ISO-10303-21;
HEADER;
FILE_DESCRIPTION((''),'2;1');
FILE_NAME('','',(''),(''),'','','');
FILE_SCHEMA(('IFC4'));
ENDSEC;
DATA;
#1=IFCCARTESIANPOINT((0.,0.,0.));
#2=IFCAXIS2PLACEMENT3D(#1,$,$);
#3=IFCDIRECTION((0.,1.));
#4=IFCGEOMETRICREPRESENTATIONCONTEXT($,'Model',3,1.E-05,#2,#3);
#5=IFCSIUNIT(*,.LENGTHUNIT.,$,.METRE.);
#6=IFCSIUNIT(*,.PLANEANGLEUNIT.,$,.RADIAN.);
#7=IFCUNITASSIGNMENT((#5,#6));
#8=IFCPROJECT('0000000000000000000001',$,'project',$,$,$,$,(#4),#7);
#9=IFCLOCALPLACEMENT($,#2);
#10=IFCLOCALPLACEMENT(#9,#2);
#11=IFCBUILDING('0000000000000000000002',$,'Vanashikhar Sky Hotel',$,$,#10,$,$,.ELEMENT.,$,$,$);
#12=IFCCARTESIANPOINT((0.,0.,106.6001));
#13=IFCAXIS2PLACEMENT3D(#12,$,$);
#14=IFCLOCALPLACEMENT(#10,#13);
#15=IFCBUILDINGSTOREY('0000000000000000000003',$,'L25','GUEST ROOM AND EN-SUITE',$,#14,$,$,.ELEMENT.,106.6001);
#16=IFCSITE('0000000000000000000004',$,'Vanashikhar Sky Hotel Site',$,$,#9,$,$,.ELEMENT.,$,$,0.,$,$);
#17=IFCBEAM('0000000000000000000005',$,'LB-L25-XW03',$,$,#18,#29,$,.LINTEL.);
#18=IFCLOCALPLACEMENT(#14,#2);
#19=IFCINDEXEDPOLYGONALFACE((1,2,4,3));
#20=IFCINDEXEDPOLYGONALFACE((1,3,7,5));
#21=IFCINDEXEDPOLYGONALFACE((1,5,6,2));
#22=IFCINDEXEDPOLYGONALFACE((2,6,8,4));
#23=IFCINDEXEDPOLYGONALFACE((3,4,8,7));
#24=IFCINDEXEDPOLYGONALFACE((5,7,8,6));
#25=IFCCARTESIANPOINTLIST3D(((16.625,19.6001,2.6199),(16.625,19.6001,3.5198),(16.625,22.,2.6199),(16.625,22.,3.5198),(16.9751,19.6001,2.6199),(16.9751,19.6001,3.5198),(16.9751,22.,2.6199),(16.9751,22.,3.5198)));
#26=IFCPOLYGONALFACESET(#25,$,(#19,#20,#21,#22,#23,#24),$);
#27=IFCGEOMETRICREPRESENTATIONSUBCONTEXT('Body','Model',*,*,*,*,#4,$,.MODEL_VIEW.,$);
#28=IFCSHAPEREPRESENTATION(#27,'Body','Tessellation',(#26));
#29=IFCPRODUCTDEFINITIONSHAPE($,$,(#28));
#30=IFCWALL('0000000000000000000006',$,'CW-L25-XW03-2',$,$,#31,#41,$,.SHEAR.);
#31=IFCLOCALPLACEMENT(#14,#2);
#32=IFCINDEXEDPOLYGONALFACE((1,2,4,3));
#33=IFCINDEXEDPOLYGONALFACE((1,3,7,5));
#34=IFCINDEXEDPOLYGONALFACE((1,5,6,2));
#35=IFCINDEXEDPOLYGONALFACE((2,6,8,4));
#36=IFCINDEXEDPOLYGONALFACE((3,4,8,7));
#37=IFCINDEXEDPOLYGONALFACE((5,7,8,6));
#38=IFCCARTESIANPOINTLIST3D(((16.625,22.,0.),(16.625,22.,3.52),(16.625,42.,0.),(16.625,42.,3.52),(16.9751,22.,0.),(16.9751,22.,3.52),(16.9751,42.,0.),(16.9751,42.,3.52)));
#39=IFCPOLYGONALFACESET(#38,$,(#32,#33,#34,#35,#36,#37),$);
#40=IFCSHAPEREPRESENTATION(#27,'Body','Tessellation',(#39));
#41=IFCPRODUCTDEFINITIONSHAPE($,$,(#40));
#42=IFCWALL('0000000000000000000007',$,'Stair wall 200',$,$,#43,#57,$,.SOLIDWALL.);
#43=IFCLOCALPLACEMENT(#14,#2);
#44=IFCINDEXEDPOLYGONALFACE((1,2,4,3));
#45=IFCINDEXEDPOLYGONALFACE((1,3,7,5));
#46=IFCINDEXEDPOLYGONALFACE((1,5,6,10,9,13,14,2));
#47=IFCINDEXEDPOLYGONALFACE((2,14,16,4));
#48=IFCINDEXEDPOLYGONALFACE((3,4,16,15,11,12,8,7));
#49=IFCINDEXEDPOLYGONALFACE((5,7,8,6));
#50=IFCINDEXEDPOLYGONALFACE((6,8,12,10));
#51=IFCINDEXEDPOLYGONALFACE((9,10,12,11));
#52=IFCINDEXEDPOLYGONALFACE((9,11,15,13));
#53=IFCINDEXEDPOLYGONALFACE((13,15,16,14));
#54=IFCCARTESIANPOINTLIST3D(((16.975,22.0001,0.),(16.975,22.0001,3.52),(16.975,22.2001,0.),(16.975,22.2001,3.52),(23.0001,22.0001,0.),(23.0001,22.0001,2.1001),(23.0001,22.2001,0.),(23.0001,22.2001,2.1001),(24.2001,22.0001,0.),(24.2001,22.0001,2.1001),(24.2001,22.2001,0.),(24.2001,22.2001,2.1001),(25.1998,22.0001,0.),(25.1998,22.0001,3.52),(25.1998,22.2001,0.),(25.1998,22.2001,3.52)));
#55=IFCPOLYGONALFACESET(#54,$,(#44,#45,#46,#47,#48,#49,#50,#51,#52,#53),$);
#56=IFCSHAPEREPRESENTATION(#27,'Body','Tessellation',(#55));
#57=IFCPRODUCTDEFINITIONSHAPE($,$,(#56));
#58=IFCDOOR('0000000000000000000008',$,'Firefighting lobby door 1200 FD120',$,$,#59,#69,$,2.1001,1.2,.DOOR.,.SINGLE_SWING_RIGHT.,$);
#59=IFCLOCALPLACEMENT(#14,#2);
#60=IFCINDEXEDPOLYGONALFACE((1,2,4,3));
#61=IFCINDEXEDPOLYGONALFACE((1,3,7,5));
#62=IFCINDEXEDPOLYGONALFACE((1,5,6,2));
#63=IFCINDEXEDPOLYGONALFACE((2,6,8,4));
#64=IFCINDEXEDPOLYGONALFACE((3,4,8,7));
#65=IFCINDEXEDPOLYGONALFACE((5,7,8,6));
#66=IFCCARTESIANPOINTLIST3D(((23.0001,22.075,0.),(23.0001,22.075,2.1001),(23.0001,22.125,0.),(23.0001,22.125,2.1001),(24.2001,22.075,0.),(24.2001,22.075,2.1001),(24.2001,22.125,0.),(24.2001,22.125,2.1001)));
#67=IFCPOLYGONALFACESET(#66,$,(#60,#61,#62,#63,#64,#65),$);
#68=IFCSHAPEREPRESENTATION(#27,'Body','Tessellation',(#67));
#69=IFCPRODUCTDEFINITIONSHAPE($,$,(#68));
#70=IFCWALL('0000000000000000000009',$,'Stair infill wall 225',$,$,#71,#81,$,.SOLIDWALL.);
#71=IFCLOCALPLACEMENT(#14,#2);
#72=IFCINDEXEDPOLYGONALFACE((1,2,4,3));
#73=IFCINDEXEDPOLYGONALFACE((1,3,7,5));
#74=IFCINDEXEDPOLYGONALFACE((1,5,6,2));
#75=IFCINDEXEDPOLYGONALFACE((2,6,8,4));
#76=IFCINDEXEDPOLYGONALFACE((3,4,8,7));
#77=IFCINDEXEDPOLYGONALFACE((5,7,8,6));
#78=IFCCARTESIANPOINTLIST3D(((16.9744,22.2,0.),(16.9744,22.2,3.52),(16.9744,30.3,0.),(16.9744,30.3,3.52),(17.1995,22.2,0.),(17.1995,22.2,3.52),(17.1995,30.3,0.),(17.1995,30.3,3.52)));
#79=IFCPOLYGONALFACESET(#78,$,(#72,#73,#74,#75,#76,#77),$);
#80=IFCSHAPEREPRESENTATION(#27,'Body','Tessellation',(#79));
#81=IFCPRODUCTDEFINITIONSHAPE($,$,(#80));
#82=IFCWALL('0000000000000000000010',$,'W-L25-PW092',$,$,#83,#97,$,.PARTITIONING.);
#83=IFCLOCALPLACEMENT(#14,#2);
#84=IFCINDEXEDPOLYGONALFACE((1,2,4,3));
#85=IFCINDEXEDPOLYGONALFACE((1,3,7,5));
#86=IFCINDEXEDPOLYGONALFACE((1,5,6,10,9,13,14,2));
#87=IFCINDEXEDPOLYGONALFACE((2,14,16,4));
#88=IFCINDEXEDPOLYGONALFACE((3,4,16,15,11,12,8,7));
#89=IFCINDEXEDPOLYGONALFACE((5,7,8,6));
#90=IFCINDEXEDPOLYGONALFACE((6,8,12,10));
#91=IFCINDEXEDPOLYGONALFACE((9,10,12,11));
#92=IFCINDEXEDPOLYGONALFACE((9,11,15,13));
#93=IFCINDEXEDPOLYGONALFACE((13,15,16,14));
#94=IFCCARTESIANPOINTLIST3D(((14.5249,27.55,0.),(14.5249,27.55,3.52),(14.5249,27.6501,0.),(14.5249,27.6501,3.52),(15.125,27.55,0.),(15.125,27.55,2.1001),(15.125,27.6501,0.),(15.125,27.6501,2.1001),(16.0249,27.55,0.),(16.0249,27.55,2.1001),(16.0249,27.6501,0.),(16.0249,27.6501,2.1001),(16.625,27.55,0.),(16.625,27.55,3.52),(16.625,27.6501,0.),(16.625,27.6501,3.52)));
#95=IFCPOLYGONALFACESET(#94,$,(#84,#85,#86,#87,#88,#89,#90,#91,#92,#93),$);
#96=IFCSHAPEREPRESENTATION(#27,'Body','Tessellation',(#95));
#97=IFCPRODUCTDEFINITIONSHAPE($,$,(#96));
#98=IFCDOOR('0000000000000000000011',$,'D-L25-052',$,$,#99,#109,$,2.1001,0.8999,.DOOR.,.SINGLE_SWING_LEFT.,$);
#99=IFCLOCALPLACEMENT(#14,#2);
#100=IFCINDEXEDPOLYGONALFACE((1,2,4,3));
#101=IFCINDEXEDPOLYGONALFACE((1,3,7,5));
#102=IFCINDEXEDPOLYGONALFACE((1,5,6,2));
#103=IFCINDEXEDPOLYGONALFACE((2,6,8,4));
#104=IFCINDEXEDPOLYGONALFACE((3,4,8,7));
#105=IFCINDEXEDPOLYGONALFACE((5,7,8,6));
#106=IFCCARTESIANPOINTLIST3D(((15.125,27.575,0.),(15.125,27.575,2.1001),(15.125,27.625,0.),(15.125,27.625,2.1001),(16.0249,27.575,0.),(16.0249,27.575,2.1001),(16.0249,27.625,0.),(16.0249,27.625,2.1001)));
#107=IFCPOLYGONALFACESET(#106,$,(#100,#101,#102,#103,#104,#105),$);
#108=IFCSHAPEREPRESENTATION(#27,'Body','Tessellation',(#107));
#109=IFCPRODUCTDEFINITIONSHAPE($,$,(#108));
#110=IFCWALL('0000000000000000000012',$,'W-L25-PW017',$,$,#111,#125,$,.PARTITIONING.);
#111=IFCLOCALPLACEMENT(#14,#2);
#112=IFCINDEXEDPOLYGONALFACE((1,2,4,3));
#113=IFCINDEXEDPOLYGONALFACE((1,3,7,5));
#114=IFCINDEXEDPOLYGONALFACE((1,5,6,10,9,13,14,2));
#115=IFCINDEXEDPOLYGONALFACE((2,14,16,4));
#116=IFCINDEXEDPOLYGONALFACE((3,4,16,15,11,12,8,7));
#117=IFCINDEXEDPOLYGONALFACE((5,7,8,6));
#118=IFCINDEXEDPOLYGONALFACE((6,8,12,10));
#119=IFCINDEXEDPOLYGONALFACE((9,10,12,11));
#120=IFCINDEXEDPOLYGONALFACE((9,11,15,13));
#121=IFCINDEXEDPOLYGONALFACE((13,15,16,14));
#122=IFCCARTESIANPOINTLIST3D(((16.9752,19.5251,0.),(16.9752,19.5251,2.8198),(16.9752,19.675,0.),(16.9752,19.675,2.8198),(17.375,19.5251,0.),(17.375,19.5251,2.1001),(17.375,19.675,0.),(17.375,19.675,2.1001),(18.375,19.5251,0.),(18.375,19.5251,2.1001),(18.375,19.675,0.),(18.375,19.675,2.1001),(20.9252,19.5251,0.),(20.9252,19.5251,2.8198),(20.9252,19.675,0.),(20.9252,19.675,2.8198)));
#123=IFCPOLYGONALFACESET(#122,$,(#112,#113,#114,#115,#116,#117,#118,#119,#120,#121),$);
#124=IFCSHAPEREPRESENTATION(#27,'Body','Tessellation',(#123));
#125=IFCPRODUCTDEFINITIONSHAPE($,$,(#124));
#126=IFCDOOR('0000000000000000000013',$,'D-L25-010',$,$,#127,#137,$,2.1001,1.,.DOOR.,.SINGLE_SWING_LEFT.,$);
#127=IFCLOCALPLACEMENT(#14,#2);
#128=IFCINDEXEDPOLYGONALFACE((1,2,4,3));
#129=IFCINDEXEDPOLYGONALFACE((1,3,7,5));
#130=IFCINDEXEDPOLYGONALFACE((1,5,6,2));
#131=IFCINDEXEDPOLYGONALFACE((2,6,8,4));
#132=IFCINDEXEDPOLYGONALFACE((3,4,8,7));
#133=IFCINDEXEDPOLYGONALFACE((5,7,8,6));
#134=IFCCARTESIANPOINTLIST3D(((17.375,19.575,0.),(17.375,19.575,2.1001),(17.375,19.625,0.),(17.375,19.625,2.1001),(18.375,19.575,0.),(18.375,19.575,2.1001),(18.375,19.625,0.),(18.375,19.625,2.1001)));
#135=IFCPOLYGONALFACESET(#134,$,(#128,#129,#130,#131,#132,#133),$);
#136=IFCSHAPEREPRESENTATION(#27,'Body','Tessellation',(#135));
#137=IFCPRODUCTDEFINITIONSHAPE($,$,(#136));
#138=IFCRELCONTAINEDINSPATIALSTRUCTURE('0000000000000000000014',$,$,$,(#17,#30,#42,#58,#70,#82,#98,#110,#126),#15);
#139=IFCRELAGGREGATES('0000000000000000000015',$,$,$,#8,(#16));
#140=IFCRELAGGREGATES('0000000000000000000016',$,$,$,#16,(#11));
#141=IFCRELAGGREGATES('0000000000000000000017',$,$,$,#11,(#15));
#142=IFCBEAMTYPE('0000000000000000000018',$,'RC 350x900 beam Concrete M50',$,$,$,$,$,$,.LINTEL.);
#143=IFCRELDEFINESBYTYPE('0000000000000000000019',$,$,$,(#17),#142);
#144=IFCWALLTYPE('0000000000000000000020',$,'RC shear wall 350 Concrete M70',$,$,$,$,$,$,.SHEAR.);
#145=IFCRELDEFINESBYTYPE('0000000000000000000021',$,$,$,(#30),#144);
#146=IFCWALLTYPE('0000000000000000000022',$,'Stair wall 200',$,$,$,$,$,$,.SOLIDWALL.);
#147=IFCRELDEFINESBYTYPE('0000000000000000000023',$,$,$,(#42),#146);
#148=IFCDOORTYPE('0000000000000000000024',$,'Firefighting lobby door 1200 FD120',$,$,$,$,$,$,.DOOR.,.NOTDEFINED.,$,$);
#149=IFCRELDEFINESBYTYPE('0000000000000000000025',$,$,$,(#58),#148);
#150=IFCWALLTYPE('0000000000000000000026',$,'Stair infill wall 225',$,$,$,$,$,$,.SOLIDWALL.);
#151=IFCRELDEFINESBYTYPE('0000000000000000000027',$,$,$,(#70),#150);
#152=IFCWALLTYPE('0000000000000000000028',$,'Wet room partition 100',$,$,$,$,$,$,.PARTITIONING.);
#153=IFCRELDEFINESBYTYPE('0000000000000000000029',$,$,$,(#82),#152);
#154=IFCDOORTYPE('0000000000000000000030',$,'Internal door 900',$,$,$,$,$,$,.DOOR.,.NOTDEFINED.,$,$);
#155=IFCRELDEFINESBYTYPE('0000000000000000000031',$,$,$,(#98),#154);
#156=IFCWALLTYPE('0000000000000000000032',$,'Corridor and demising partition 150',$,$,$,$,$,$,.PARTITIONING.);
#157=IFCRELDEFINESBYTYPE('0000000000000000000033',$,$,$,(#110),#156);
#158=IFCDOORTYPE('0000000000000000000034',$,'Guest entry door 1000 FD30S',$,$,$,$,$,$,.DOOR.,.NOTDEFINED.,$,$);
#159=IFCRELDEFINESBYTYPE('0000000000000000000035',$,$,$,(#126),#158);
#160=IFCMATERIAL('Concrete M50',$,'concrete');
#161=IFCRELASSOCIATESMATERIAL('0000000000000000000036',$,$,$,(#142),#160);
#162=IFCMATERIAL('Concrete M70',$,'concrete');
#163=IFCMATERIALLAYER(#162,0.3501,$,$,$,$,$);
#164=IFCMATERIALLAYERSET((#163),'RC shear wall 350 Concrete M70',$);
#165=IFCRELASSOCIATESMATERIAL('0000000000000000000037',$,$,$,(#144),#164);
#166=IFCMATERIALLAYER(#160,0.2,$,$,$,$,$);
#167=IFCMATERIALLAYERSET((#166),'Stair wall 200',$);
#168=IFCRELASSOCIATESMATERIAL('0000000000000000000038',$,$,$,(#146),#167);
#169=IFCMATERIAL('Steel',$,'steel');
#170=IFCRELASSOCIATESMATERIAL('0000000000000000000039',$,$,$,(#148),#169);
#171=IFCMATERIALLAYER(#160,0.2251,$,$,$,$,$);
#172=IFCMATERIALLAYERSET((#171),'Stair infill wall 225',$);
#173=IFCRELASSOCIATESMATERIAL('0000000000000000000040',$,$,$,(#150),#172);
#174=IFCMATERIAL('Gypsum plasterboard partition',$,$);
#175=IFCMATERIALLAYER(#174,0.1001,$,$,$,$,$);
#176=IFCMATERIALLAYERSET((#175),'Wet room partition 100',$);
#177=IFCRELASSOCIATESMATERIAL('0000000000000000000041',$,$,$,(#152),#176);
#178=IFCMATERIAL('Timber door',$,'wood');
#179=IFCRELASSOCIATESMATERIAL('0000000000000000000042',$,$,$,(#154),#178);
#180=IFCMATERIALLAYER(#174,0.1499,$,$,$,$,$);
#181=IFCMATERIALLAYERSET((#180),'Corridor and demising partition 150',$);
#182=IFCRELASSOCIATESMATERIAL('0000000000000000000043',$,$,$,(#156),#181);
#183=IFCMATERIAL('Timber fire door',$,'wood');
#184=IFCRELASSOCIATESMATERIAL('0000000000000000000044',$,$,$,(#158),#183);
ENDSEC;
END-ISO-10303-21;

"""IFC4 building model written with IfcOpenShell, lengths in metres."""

from ifc_helpers import new_model, si_unit, direction, frame, frame_2d, origin, origin_2d, place, context, subcontext, project, spatial, rectangle, extrude, source, transform, mapped, material, layer, layer_set, material_profile, profile_set, type_object, element, fill, save


model = new_model("IFC4")

# Units and contexts
model_context = context("Model", 3, precision=1e-05, world=origin(), true_north=direction((0.0, 1.0)))
body_context = subcontext(model_context, "Body", "Model", "MODEL_VIEW")
ifc_project = project(units=[si_unit("LENGTHUNIT", "METRE"), si_unit("PLANEANGLEUNIT", "RADIAN")], contexts=[model_context])

# Site, building, storey
site_placement = place(None, origin())
site = spatial("IfcSite", under=ifc_project, at=site_placement, Name="Vanashikhar Sky Hotel Site", CompositionType="ELEMENT", RefElevation=0.0)
building_placement = place(site_placement, origin())
building = spatial("IfcBuilding", under=site, at=building_placement, Name="Vanashikhar Sky Hotel", CompositionType="ELEMENT")
storey_placement = place(building_placement, frame((0.0, 0.0, 106.6001)))
storey = spatial("IfcBuildingStorey", under=building, at=storey_placement, Name="L25", Description="GUEST ROOM AND EN-SUITE", CompositionType="ELEMENT", Elevation=106.6001)

# Beam
ifc_material_1 = material(Name="Concrete M50", Category="concrete")
ifc_material_profile = material_profile(ifc_material_1, rectangle(XDim=0.3501, YDim=0.8999, at=origin_2d()))
ifc_profile_set = profile_set([ifc_material_profile], Name="RC 350x900 beam Concrete M50")
beam_type = type_object("IfcBeamType", Name="RC 350x900 beam Concrete M50", PredefinedType="LINTEL", material=ifc_profile_set)
shared_shape_1 = source(origin(), body_context, "Body", "SweptSolid", [
    extrude(rectangle(XDim=0.3501, YDim=0.8999, at=origin_2d()), origin(), (0.0, 0.0, 1.0), 2.3999),
])
beam_placement = place(storey_placement, frame((16.8, 19.6001, 3.0698), z_axis=(0.0, 1.0, 0.0), x_axis=(-1.0, 0.0, 0.0)))
element("IfcBeam", 1, at=beam_placement, inside=storey, type_object=beam_type, Name="LB-L25-XW03", PredefinedType="LINTEL", context=body_context, shape_type="MappedRepresentation", body=[
    mapped(shared_shape_1, transform((0.0, 0.0, 0.0), scale=1.0)),
])

# Wall
ifc_material_2 = material(Name="Concrete M70", Category="concrete")
ifc_layer_1 = layer(ifc_material_2, 0.3501)
ifc_layer_set_1 = layer_set([ifc_layer_1], Name="RC shear wall 350 Concrete M70")
wall_type_1 = type_object("IfcWallType", Name="RC shear wall 350 Concrete M70", PredefinedType="SHEAR", material=ifc_layer_set_1)
shared_shape_2 = source(origin(), body_context, "Body", "SweptSolid", [
    extrude(rectangle(XDim=20.0, YDim=0.3501, at=frame_2d((10.0, 0.0))), origin(), (0.0, 0.0, 1.0), 3.52),
])
wall_1_placement = place(storey_placement, frame((16.8, 22.0, 0.0), z_axis=(0.0, 0.0, 1.0), x_axis=(0.0, 1.0, 0.0)))
element("IfcWall", 2, at=wall_1_placement, inside=storey, type_object=wall_type_1, Name="CW-L25-XW03-2", PredefinedType="SHEAR", context=body_context, shape_type="MappedRepresentation", body=[
    mapped(shared_shape_2, transform((0.0, 0.0, 0.0), scale=1.0)),
])

# Wall, opening, door
ifc_layer_2 = layer(ifc_material_1, 0.2)
ifc_layer_set_2 = layer_set([ifc_layer_2], Name="Stair wall 200")
wall_type_2 = type_object("IfcWallType", Name="Stair wall 200", PredefinedType="SOLIDWALL", material=ifc_layer_set_2)
shared_shape_3 = source(origin(), body_context, "Body", "SweptSolid", [
    extrude(rectangle(XDim=8.2249, YDim=0.2, at=frame_2d((4.1123, 0.0))), origin(), (0.0, 0.0, 1.0), 3.52),
])
wall_2_placement = place(storey_placement, frame((16.9751, 22.1001, 0.0), z_axis=(0.0, 0.0, 1.0), x_axis=(1.0, 0.0, 0.0)))
wall_2 = element("IfcWall", 3, at=wall_2_placement, inside=storey, type_object=wall_type_2, Name="Stair wall 200", PredefinedType="SOLIDWALL", context=body_context, shape_type="MappedRepresentation", body=[
    mapped(shared_shape_3, transform((0.0, 0.0, 0.0), scale=1.0)),
])
shared_shape_4 = source(origin(), body_context, "Body", "SweptSolid", [
    extrude(rectangle(XDim=1.2, YDim=2.1001, at=frame_2d((0.6001, 1.05))), frame((0.0, 0.1099, 0.0), z_axis=(0.0, -1.0, 0.0), x_axis=(1.0, 0.0, 0.0)), (0.0, 0.0, 1.0), 0.22),
])
opening_1_placement = place(wall_2_placement, frame((6.0249, 0.0, 0.0)))
opening_1 = element("IfcOpeningElement", 4, at=opening_1_placement, cuts=wall_2, PredefinedType="OPENING", context=body_context, shape_type="MappedRepresentation", body=[
    mapped(shared_shape_4, transform((0.0, 0.0, 0.0), scale=1.0)),
])
ifc_material_3 = material(Name="Steel", Category="steel")
door_type_1 = type_object("IfcDoorType", Name="Firefighting lobby door 1200 FD120", OperationType="NOTDEFINED", PredefinedType="DOOR", material=ifc_material_3)
shared_shape_5 = source(origin(), body_context, "Body", "SweptSolid", [
    extrude(rectangle(XDim=1.2, YDim=2.1001, at=frame_2d((0.6001, 1.05))), frame((0.0, 0.0249, 0.0), z_axis=(0.0, -1.0, 0.0), x_axis=(1.0, 0.0, 0.0)), (0.0, 0.0, 1.0), 0.05),
])
door_1_placement = place(opening_1_placement, origin())
door_1 = element("IfcDoor", 5, at=door_1_placement, inside=storey, type_object=door_type_1, Name="Firefighting lobby door 1200 FD120", OperationType="SINGLE_SWING_RIGHT", OverallHeight=2.1001, OverallWidth=1.2, PredefinedType="DOOR", context=body_context, shape_type="MappedRepresentation", body=[
    mapped(shared_shape_5, transform((0.0, 0.0, 0.0), scale=1.0)),
])
fill(opening_1, door_1)

# Wall
ifc_layer_3 = layer(ifc_material_1, 0.2251)
ifc_layer_set_3 = layer_set([ifc_layer_3], Name="Stair infill wall 225")
wall_type_3 = type_object("IfcWallType", Name="Stair infill wall 225", PredefinedType="SOLIDWALL", material=ifc_layer_set_3)
shared_shape_6 = source(origin(), body_context, "Body", "SweptSolid", [
    extrude(rectangle(XDim=8.1001, YDim=0.2251, at=frame_2d((4.05, 0.0))), origin(), (0.0, 0.0, 1.0), 3.52),
])
wall_3_placement = place(storey_placement, frame((17.0869, 22.2, 0.0), z_axis=(0.0, 0.0, 1.0), x_axis=(0.0, 1.0, 0.0)))
element("IfcWall", 6, at=wall_3_placement, inside=storey, type_object=wall_type_3, Name="Stair infill wall 225", PredefinedType="SOLIDWALL", context=body_context, shape_type="MappedRepresentation", body=[
    mapped(shared_shape_6, transform((0.0, 0.0, 0.0), scale=1.0)),
])

# Walls, openings, doors
ifc_material_4 = material(Name="Gypsum plasterboard partition")
ifc_layer_4 = layer(ifc_material_4, 0.1001)
ifc_layer_set_4 = layer_set([ifc_layer_4], Name="Wet room partition 100")
wall_type_4 = type_object("IfcWallType", Name="Wet room partition 100", PredefinedType="PARTITIONING", material=ifc_layer_set_4)
shared_shape_7 = source(origin(), body_context, "Body", "SweptSolid", [
    extrude(rectangle(XDim=2.1001, YDim=0.1001, at=frame_2d((1.05, 0.0))), origin(), (0.0, 0.0, 1.0), 3.52),
])
wall_4_placement = place(storey_placement, frame((14.5249, 27.6001, 0.0), z_axis=(0.0, 0.0, 1.0), x_axis=(1.0, 0.0, 0.0)))
wall_4 = element("IfcWall", 7, at=wall_4_placement, inside=storey, type_object=wall_type_4, Name="W-L25-PW092", PredefinedType="PARTITIONING", context=body_context, shape_type="MappedRepresentation", body=[
    mapped(shared_shape_7, transform((0.0, 0.0, 0.0), scale=1.0)),
])
shared_shape_8 = source(origin(), body_context, "Body", "SweptSolid", [
    extrude(rectangle(XDim=0.8999, YDim=2.1001, at=frame_2d((0.45, 1.05))), frame((0.0, 0.0601, 0.0), z_axis=(0.0, -1.0, 0.0), x_axis=(1.0, 0.0, 0.0)), (0.0, 0.0, 1.0), 0.1201),
])
opening_2_placement = place(wall_4_placement, frame((0.6001, 0.0, 0.0)))
opening_2 = element("IfcOpeningElement", 8, at=opening_2_placement, cuts=wall_4, PredefinedType="OPENING", context=body_context, shape_type="MappedRepresentation", body=[
    mapped(shared_shape_8, transform((0.0, 0.0, 0.0), scale=1.0)),
])
ifc_material_5 = material(Name="Timber door", Category="wood")
door_type_2 = type_object("IfcDoorType", Name="Internal door 900", OperationType="NOTDEFINED", PredefinedType="DOOR", material=ifc_material_5)
shared_shape_9 = source(origin(), body_context, "Body", "SweptSolid", [
    extrude(rectangle(XDim=0.8999, YDim=2.1001, at=frame_2d((0.45, 1.05))), frame((0.0, 0.0249, 0.0), z_axis=(0.0, -1.0, 0.0), x_axis=(1.0, 0.0, 0.0)), (0.0, 0.0, 1.0), 0.05),
])
door_2_placement = place(opening_2_placement, origin())
door_2 = element("IfcDoor", 9, at=door_2_placement, inside=storey, type_object=door_type_2, Name="D-L25-052", OperationType="SINGLE_SWING_LEFT", OverallHeight=2.1001, OverallWidth=0.8999, PredefinedType="DOOR", context=body_context, shape_type="MappedRepresentation", body=[
    mapped(shared_shape_9, transform((0.0, 0.0, 0.0), scale=1.0)),
])
fill(opening_2, door_2)
ifc_layer_5 = layer(ifc_material_4, 0.1499)
ifc_layer_set_5 = layer_set([ifc_layer_5], Name="Corridor and demising partition 150")
wall_type_5 = type_object("IfcWallType", Name="Corridor and demising partition 150", PredefinedType="PARTITIONING", material=ifc_layer_set_5)
shared_shape_10 = source(origin(), body_context, "Body", "SweptSolid", [
    extrude(rectangle(XDim=3.95, YDim=0.1499, at=frame_2d((1.9751, 0.0))), origin(), (0.0, 0.0, 1.0), 2.8198),
])
wall_5_placement = place(storey_placement, frame((16.9751, 19.6001, 0.0), z_axis=(0.0, 0.0, 1.0), x_axis=(1.0, 0.0, 0.0)))
wall_5 = element("IfcWall", 10, at=wall_5_placement, inside=storey, type_object=wall_type_5, Name="W-L25-PW017", PredefinedType="PARTITIONING", context=body_context, shape_type="MappedRepresentation", body=[
    mapped(shared_shape_10, transform((0.0, 0.0, 0.0), scale=1.0)),
])
shared_shape_11 = source(origin(), body_context, "Body", "SweptSolid", [
    extrude(rectangle(XDim=1.0, YDim=2.1001, at=frame_2d((0.5, 1.05))), frame((0.0, 0.085, 0.0), z_axis=(0.0, -1.0, 0.0), x_axis=(1.0, 0.0, 0.0)), (0.0, 0.0, 1.0), 0.1699),
])
opening_3_placement = place(wall_5_placement, frame((0.3999, 0.0, 0.0)))
opening_3 = element("IfcOpeningElement", 11, at=opening_3_placement, cuts=wall_5, PredefinedType="OPENING", context=body_context, shape_type="MappedRepresentation", body=[
    mapped(shared_shape_11, transform((0.0, 0.0, 0.0), scale=1.0)),
])
ifc_material_6 = material(Name="Timber fire door", Category="wood")
door_type_3 = type_object("IfcDoorType", Name="Guest entry door 1000 FD30S", OperationType="NOTDEFINED", PredefinedType="DOOR", material=ifc_material_6)
shared_shape_12 = source(origin(), body_context, "Body", "SweptSolid", [
    extrude(rectangle(XDim=1.0, YDim=2.1001, at=frame_2d((0.5, 1.05))), frame((0.0, 0.0249, 0.0), z_axis=(0.0, -1.0, 0.0), x_axis=(1.0, 0.0, 0.0)), (0.0, 0.0, 1.0), 0.05),
])
door_3_placement = place(opening_3_placement, origin())
door_3 = element("IfcDoor", 12, at=door_3_placement, inside=storey, type_object=door_type_3, Name="D-L25-010", OperationType="SINGLE_SWING_LEFT", OverallHeight=2.1001, OverallWidth=1.0, PredefinedType="DOOR", context=body_context, shape_type="MappedRepresentation", body=[
    mapped(shared_shape_12, transform((0.0, 0.0, 0.0), scale=1.0)),
])
fill(opening_3, door_3)

save(model, "model.ifc")
